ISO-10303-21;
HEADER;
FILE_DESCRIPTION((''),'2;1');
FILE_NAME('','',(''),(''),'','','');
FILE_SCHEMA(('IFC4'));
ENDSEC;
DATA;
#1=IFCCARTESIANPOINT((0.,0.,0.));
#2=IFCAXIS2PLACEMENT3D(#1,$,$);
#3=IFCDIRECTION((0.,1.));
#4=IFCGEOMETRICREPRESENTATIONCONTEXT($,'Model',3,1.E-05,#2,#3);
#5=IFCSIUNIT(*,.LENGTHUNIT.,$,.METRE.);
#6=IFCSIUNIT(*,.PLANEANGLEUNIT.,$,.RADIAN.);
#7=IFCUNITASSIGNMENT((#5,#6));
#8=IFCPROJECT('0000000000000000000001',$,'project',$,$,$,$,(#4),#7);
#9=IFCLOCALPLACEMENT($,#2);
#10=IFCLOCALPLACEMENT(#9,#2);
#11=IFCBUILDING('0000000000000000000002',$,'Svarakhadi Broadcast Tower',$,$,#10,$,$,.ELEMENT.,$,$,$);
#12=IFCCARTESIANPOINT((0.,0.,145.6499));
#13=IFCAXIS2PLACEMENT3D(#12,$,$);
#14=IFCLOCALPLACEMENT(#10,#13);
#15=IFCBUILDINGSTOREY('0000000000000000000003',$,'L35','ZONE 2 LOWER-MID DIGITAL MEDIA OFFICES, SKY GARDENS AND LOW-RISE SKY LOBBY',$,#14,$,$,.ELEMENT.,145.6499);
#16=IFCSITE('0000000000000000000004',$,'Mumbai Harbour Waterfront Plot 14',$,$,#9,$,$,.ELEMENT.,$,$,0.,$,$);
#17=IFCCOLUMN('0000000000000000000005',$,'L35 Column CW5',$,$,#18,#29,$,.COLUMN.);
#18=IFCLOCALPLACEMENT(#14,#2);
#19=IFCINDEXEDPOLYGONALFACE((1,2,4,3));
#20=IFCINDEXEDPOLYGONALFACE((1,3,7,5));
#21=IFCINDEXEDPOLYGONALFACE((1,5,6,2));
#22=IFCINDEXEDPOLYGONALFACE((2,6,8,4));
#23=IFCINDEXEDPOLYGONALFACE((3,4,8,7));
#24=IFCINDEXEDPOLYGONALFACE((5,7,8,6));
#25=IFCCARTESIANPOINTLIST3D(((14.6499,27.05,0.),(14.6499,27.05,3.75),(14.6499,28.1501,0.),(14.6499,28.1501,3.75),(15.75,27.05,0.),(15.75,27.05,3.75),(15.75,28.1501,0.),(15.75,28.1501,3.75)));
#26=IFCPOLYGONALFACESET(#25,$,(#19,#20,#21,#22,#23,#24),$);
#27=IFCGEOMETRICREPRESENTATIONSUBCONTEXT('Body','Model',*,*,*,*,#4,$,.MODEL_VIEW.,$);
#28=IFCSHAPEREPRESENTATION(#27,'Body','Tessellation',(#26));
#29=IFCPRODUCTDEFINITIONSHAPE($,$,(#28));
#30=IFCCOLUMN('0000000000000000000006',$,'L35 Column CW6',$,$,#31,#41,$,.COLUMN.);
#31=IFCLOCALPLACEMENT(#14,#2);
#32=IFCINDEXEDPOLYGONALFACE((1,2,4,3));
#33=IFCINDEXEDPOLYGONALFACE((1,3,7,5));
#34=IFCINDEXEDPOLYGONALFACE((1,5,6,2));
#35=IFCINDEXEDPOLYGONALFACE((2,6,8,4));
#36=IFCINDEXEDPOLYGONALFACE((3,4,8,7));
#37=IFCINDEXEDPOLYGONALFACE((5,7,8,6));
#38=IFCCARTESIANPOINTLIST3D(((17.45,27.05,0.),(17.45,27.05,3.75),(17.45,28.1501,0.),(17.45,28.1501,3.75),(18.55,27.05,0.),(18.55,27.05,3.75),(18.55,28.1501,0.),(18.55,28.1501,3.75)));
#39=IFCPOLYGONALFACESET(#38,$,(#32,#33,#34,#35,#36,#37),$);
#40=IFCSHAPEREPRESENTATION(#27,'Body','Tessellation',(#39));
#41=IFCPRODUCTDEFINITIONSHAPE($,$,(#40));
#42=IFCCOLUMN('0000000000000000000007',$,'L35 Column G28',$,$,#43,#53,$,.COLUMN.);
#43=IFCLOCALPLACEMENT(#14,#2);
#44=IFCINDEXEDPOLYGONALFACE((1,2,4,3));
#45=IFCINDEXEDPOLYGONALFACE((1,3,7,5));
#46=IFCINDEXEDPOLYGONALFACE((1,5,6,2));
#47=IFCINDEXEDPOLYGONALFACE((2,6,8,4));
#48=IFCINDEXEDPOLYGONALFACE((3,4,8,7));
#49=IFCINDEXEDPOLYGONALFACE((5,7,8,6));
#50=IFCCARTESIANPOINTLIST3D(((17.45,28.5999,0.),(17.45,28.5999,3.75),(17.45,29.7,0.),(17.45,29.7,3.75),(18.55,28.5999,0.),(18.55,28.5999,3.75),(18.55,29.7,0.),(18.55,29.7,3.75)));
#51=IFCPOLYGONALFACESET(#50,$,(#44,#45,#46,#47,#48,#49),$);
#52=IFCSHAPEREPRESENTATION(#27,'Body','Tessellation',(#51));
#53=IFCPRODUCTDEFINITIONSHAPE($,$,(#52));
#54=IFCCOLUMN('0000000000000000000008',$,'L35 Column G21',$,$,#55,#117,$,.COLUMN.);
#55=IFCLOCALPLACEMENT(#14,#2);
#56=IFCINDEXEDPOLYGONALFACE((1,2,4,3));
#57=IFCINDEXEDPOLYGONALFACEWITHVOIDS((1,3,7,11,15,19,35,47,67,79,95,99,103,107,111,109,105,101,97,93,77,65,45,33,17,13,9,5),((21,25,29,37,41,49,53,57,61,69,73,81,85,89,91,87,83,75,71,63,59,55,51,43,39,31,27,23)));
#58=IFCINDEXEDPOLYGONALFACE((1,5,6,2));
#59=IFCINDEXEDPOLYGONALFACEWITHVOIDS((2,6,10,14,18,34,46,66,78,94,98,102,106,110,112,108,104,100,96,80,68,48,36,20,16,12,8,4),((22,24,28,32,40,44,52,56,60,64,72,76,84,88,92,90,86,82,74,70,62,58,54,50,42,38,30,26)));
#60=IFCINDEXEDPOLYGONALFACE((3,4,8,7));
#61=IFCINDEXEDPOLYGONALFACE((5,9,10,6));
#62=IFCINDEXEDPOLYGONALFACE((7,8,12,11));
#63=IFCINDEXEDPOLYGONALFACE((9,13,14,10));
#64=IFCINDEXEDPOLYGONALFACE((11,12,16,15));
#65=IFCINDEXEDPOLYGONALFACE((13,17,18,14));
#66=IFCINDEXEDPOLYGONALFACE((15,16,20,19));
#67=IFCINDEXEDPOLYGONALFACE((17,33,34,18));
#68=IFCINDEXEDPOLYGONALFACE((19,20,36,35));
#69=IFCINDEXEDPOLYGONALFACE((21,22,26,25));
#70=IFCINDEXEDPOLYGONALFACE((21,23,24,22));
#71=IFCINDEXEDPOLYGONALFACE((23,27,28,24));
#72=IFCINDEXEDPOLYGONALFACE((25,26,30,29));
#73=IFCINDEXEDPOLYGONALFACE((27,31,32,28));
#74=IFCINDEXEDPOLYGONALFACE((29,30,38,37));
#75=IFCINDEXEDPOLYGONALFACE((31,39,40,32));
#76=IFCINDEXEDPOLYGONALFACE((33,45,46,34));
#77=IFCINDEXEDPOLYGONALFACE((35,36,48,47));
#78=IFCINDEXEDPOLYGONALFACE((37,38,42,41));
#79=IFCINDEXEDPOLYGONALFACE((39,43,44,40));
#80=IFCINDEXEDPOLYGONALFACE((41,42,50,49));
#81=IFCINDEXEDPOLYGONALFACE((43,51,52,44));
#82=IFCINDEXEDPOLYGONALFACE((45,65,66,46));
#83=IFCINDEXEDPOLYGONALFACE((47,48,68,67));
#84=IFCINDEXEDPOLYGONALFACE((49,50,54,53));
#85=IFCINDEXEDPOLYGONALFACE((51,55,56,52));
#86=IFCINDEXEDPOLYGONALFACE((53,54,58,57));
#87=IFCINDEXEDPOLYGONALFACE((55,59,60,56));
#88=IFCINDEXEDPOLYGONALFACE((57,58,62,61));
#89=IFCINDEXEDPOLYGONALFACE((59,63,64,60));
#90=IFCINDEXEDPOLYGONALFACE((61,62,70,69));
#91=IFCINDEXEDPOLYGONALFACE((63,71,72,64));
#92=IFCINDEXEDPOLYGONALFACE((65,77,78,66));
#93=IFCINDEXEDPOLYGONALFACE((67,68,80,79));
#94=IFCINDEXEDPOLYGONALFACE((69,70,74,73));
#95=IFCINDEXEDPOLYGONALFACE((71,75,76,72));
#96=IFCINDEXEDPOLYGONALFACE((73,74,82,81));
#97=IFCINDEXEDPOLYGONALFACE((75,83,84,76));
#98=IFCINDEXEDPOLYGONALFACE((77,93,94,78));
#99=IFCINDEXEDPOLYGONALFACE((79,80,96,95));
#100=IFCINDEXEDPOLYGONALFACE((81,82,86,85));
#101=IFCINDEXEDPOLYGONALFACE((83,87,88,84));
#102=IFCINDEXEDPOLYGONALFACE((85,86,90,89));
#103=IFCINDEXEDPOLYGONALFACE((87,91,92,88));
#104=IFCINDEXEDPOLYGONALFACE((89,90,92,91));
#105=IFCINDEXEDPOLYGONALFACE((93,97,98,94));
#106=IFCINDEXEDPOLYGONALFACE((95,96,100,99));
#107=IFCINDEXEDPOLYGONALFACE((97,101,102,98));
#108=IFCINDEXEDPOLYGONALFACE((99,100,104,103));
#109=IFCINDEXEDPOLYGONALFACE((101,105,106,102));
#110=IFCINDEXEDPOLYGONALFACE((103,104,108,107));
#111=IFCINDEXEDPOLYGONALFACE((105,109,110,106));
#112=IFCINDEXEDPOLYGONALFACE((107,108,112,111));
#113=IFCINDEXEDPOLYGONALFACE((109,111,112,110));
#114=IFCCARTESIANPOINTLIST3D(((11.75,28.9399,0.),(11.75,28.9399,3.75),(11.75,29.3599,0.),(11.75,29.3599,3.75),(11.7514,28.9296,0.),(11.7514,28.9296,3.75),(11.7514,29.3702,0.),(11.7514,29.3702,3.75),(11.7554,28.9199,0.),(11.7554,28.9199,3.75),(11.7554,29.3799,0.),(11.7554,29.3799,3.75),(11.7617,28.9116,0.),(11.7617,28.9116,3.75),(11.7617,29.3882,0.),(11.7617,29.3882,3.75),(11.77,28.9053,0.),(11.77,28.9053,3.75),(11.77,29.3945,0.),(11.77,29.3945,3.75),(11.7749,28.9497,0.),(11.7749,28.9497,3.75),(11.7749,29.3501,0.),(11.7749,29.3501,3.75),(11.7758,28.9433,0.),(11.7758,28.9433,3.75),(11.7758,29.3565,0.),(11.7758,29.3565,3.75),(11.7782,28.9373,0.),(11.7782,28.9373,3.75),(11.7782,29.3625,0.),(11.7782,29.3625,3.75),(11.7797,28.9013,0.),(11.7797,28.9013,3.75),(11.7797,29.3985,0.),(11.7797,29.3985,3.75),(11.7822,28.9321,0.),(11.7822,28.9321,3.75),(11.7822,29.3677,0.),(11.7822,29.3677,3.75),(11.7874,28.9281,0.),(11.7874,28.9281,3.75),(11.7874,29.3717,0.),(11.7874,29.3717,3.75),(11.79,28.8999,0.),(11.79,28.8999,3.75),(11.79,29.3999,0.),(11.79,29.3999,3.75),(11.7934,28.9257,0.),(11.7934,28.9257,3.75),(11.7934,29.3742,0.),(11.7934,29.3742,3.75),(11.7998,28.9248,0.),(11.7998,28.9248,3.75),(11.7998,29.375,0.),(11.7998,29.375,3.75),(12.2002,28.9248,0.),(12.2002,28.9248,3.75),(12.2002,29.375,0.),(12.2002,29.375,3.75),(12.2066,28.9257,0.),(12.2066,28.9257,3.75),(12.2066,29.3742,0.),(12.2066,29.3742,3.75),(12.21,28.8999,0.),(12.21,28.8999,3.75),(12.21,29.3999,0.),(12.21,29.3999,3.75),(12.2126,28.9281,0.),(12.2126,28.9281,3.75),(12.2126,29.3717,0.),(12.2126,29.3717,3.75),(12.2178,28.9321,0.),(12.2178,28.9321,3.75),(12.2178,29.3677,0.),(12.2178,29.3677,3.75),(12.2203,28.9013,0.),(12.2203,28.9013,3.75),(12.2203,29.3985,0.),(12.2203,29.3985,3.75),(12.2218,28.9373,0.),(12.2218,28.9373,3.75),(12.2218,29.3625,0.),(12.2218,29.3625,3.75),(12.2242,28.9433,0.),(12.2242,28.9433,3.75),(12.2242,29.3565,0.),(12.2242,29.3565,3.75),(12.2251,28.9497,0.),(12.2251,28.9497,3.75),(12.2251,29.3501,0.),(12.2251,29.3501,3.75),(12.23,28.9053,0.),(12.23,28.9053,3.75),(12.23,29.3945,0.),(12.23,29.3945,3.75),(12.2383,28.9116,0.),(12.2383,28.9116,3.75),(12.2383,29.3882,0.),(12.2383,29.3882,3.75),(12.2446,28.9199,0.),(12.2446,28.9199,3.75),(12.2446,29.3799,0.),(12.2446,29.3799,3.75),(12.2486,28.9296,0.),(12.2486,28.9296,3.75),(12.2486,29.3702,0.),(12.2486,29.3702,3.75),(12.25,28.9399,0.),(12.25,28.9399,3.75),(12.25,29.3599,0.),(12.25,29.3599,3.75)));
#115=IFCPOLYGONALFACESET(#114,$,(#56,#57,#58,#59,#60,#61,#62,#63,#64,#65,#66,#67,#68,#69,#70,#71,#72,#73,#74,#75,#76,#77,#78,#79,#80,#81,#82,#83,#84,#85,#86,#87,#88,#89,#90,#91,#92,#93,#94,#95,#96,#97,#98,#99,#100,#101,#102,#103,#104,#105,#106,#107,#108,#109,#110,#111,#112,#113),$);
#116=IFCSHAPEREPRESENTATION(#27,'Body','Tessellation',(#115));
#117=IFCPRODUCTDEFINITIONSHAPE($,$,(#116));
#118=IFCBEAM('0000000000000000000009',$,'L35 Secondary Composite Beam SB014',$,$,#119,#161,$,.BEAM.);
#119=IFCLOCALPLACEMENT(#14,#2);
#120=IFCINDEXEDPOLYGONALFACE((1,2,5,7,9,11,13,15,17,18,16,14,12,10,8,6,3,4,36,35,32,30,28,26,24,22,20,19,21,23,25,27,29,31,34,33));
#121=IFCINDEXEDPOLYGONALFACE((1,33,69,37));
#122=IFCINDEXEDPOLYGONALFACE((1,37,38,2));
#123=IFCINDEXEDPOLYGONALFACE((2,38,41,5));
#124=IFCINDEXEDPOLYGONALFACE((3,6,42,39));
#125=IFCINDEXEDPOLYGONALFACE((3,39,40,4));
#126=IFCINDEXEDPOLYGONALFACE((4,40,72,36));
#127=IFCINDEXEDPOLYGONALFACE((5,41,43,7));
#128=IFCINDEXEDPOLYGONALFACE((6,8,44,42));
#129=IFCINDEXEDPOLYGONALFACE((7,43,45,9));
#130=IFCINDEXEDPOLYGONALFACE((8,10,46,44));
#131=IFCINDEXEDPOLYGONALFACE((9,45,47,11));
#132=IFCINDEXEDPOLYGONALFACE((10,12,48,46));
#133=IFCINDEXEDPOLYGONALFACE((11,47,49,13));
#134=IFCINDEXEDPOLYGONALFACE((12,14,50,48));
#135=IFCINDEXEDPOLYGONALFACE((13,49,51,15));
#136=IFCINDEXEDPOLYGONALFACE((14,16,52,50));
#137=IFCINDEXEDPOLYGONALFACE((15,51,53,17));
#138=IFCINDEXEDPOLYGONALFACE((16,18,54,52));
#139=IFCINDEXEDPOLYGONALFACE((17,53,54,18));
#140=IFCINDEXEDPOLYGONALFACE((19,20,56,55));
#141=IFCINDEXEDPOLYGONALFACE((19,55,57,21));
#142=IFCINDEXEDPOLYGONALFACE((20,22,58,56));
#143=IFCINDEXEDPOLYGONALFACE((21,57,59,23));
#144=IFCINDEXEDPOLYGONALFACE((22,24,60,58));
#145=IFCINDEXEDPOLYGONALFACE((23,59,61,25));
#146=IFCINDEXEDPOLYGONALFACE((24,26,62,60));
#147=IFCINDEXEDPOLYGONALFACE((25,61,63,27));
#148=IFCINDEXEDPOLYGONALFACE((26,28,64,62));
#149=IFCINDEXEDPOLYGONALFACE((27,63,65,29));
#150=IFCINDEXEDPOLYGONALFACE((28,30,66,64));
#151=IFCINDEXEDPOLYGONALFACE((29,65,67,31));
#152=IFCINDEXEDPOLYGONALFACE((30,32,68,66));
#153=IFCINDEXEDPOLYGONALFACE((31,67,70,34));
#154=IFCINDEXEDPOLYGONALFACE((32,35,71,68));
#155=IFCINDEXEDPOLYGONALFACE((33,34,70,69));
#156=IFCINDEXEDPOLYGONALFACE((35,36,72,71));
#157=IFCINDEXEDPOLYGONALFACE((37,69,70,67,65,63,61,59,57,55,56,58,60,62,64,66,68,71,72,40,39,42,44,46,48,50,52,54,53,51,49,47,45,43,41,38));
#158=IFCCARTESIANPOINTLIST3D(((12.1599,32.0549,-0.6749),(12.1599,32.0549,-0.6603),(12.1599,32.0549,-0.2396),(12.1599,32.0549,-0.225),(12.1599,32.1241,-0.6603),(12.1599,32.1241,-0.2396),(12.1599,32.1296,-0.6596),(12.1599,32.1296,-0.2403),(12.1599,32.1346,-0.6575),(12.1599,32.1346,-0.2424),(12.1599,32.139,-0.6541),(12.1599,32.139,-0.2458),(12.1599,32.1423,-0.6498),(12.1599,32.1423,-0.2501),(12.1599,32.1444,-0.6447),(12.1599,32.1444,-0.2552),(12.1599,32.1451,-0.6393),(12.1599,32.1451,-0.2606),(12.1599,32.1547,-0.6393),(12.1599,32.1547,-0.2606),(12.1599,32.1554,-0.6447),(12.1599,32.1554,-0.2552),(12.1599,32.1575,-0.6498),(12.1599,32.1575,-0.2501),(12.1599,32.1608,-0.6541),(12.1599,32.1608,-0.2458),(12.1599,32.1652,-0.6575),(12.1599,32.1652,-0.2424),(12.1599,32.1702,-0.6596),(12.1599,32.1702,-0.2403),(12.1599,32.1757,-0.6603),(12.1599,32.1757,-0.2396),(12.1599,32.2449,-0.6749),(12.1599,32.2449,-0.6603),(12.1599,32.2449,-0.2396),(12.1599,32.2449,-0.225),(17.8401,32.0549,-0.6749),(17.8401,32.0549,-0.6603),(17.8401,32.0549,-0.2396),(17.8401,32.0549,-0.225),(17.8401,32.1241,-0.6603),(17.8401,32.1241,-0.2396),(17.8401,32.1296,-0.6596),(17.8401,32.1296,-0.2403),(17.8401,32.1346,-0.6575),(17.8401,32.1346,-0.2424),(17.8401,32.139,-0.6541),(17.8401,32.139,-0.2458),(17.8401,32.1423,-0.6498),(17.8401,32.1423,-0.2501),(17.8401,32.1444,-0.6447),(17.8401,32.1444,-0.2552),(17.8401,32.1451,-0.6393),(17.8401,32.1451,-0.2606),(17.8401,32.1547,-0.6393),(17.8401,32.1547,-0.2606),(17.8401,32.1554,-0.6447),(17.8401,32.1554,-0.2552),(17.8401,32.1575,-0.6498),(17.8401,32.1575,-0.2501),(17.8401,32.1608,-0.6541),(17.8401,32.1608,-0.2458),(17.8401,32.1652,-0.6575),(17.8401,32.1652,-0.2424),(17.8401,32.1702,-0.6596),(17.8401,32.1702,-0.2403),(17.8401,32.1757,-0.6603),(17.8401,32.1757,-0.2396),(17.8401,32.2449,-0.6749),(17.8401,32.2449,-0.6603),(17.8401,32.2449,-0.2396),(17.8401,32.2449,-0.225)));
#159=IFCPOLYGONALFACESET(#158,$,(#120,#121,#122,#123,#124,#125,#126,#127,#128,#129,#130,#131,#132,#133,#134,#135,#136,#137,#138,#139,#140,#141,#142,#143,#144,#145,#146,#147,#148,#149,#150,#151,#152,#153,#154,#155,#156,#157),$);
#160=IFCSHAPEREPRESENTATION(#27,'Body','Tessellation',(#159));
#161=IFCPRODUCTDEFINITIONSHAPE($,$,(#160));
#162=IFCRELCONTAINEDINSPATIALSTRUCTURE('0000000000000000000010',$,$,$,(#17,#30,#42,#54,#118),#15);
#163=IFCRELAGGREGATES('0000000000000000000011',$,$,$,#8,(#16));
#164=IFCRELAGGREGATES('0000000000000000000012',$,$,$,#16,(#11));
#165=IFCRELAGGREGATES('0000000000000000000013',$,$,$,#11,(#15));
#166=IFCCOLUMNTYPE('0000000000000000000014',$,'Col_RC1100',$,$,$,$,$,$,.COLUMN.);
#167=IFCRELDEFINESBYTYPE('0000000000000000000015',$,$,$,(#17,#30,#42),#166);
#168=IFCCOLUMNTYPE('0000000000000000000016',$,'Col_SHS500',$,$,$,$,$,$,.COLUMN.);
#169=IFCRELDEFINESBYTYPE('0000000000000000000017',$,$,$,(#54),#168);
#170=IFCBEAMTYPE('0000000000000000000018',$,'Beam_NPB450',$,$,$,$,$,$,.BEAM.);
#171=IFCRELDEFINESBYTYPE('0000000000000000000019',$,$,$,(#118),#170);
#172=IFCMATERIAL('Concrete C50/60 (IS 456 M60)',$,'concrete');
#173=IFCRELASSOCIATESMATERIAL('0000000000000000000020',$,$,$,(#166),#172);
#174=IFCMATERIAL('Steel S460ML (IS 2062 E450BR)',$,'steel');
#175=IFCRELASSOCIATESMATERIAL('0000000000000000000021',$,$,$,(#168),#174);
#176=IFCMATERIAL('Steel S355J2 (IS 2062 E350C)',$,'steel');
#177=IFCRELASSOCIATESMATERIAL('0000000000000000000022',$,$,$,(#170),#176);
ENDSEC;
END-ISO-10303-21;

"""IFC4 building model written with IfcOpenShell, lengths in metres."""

from ifc_helpers import new_model, si_unit, direction, frame, origin, origin_2d, place, context, subcontext, project, spatial, rectangle, hollow_rectangle, i_section, extrude, material, material_profile, profile_set, type_object, element, save


model = new_model("IFC4")

# Units and contexts
model_context = context("Model", 3, precision=1e-05, world=origin(), true_north=direction((0.0, 1.0)))
body_context = subcontext(model_context, "Body", "Model", "MODEL_VIEW")
ifc_project = project(units=[si_unit("LENGTHUNIT", "METRE"), si_unit("PLANEANGLEUNIT", "RADIAN")], contexts=[model_context])

# Site, building, storey
site_placement = place(None, origin())
site = spatial("IfcSite", under=ifc_project, at=site_placement, Name="Mumbai Harbour Waterfront Plot 14", CompositionType="ELEMENT", RefElevation=0.0)
building_placement = place(site_placement, origin())
building = spatial("IfcBuilding", under=site, at=building_placement, Name="Svarakhadi Broadcast Tower", CompositionType="ELEMENT")
storey_placement = place(building_placement, frame((0.0, 0.0, 145.6499)))
storey = spatial("IfcBuildingStorey", under=building, at=storey_placement, Name="L35", Description="ZONE 2 LOWER-MID DIGITAL MEDIA OFFICES, SKY GARDENS AND LOW-RISE SKY LOBBY", CompositionType="ELEMENT", Elevation=145.6499)

# Columns
ifc_material_1 = material(Name="Concrete C50/60 (IS 456 M60)", Category="concrete")
ifc_material_profile_1 = material_profile(ifc_material_1, rectangle(XDim=1.1001, YDim=1.1001, at=origin_2d()), Name="RC 1100x1100")
ifc_profile_set_1 = profile_set([ifc_material_profile_1], Name="Concrete C50/60 (IS 456 M60)")
column_type_1 = type_object("IfcColumnType", Name="Col_RC1100", PredefinedType="COLUMN", material=ifc_profile_set_1)
for number, where, z_axis, x_axis, name in (
    (1, (15.2, 27.6001, 0.0), (0.0, 0.0, 1.0), (1.0, 0.0, 0.0), "L35 Column CW5"),
    (2, (18.0, 27.6001, 0.0), (0.0, 0.0, 1.0), (1.0, 0.0, 0.0), "L35 Column CW6"),
    (3, (18.0, 29.1499, 0.0), (0.0, 0.0, 1.0), (1.0, 0.0, 0.0), "L35 Column G28"),
):
    element("IfcColumn", number, at=place(storey_placement, frame(where, z_axis=z_axis, x_axis=x_axis)), inside=storey, type_object=column_type_1, Name=name, PredefinedType="COLUMN", context=body_context, shape_type="SweptSolid", body=[
        extrude(rectangle(XDim=1.1001, YDim=1.1001, at=origin_2d()), origin(), (0.0, 0.0, 1.0), 3.75),
    ])
ifc_material_2 = material(Name="Steel S460ML (IS 2062 E450BR)", Category="steel")
ifc_material_profile_2 = material_profile(ifc_material_2, hollow_rectangle(XDim=0.5, YDim=0.5, WallThickness=0.0249, InnerFilletRadius=0.0249, OuterFilletRadius=0.04, at=origin_2d()), Name="SHS 500x500x25")
ifc_profile_set_2 = profile_set([ifc_material_profile_2], Name="Steel S460ML (IS 2062 E450BR)")
column_type_2 = type_object("IfcColumnType", Name="Col_SHS500", PredefinedType="COLUMN", material=ifc_profile_set_2)
column_placement = place(storey_placement, frame((12.0, 29.1499, 0.0), z_axis=(0.0, 0.0, 1.0), x_axis=(1.0, 0.0, 0.0)))
element("IfcColumn", 4, at=column_placement, inside=storey, type_object=column_type_2, Name="L35 Column G21", PredefinedType="COLUMN", context=body_context, shape_type="SweptSolid", body=[
    extrude(hollow_rectangle(XDim=0.5, YDim=0.5, WallThickness=0.0249, InnerFilletRadius=0.0249, OuterFilletRadius=0.04, at=origin_2d()), origin(), (0.0, 0.0, 1.0), 3.75),
])

# Beam
ifc_material_3 = material(Name="Steel S355J2 (IS 2062 E350C)", Category="steel")
ifc_material_profile_3 = material_profile(ifc_material_3, i_section(OverallWidth=0.1899, OverallDepth=0.45, WebThickness=0.0095, FlangeThickness=0.0146, FilletRadius=0.021, at=origin_2d()), Name="NPB 450x190x78")
ifc_profile_set_3 = profile_set([ifc_material_profile_3], Name="Steel S355J2 (IS 2062 E350C)")
beam_type_1 = type_object("IfcBeamType", Name="Beam_NPB450", PredefinedType="BEAM", material=ifc_profile_set_3)
beam_1_placement = place(storey_placement, frame((12.1599, 32.1499, -0.45), z_axis=(1.0, 0.0, 0.0), x_axis=(0.0, 1.0, 0.0)))
element("IfcBeam", 5, at=beam_1_placement, inside=storey, type_object=beam_type_1, Name="L35 Secondary Composite Beam SB014", PredefinedType="BEAM", context=body_context, shape_type="SweptSolid", body=[
    extrude(i_section(OverallWidth=0.1899, OverallDepth=0.45, WebThickness=0.0095, FlangeThickness=0.0146, FilletRadius=0.021, at=origin_2d()), origin(), (0.0, 0.0, 1.0), 5.6802),
])

save(model, "model.ifc")
